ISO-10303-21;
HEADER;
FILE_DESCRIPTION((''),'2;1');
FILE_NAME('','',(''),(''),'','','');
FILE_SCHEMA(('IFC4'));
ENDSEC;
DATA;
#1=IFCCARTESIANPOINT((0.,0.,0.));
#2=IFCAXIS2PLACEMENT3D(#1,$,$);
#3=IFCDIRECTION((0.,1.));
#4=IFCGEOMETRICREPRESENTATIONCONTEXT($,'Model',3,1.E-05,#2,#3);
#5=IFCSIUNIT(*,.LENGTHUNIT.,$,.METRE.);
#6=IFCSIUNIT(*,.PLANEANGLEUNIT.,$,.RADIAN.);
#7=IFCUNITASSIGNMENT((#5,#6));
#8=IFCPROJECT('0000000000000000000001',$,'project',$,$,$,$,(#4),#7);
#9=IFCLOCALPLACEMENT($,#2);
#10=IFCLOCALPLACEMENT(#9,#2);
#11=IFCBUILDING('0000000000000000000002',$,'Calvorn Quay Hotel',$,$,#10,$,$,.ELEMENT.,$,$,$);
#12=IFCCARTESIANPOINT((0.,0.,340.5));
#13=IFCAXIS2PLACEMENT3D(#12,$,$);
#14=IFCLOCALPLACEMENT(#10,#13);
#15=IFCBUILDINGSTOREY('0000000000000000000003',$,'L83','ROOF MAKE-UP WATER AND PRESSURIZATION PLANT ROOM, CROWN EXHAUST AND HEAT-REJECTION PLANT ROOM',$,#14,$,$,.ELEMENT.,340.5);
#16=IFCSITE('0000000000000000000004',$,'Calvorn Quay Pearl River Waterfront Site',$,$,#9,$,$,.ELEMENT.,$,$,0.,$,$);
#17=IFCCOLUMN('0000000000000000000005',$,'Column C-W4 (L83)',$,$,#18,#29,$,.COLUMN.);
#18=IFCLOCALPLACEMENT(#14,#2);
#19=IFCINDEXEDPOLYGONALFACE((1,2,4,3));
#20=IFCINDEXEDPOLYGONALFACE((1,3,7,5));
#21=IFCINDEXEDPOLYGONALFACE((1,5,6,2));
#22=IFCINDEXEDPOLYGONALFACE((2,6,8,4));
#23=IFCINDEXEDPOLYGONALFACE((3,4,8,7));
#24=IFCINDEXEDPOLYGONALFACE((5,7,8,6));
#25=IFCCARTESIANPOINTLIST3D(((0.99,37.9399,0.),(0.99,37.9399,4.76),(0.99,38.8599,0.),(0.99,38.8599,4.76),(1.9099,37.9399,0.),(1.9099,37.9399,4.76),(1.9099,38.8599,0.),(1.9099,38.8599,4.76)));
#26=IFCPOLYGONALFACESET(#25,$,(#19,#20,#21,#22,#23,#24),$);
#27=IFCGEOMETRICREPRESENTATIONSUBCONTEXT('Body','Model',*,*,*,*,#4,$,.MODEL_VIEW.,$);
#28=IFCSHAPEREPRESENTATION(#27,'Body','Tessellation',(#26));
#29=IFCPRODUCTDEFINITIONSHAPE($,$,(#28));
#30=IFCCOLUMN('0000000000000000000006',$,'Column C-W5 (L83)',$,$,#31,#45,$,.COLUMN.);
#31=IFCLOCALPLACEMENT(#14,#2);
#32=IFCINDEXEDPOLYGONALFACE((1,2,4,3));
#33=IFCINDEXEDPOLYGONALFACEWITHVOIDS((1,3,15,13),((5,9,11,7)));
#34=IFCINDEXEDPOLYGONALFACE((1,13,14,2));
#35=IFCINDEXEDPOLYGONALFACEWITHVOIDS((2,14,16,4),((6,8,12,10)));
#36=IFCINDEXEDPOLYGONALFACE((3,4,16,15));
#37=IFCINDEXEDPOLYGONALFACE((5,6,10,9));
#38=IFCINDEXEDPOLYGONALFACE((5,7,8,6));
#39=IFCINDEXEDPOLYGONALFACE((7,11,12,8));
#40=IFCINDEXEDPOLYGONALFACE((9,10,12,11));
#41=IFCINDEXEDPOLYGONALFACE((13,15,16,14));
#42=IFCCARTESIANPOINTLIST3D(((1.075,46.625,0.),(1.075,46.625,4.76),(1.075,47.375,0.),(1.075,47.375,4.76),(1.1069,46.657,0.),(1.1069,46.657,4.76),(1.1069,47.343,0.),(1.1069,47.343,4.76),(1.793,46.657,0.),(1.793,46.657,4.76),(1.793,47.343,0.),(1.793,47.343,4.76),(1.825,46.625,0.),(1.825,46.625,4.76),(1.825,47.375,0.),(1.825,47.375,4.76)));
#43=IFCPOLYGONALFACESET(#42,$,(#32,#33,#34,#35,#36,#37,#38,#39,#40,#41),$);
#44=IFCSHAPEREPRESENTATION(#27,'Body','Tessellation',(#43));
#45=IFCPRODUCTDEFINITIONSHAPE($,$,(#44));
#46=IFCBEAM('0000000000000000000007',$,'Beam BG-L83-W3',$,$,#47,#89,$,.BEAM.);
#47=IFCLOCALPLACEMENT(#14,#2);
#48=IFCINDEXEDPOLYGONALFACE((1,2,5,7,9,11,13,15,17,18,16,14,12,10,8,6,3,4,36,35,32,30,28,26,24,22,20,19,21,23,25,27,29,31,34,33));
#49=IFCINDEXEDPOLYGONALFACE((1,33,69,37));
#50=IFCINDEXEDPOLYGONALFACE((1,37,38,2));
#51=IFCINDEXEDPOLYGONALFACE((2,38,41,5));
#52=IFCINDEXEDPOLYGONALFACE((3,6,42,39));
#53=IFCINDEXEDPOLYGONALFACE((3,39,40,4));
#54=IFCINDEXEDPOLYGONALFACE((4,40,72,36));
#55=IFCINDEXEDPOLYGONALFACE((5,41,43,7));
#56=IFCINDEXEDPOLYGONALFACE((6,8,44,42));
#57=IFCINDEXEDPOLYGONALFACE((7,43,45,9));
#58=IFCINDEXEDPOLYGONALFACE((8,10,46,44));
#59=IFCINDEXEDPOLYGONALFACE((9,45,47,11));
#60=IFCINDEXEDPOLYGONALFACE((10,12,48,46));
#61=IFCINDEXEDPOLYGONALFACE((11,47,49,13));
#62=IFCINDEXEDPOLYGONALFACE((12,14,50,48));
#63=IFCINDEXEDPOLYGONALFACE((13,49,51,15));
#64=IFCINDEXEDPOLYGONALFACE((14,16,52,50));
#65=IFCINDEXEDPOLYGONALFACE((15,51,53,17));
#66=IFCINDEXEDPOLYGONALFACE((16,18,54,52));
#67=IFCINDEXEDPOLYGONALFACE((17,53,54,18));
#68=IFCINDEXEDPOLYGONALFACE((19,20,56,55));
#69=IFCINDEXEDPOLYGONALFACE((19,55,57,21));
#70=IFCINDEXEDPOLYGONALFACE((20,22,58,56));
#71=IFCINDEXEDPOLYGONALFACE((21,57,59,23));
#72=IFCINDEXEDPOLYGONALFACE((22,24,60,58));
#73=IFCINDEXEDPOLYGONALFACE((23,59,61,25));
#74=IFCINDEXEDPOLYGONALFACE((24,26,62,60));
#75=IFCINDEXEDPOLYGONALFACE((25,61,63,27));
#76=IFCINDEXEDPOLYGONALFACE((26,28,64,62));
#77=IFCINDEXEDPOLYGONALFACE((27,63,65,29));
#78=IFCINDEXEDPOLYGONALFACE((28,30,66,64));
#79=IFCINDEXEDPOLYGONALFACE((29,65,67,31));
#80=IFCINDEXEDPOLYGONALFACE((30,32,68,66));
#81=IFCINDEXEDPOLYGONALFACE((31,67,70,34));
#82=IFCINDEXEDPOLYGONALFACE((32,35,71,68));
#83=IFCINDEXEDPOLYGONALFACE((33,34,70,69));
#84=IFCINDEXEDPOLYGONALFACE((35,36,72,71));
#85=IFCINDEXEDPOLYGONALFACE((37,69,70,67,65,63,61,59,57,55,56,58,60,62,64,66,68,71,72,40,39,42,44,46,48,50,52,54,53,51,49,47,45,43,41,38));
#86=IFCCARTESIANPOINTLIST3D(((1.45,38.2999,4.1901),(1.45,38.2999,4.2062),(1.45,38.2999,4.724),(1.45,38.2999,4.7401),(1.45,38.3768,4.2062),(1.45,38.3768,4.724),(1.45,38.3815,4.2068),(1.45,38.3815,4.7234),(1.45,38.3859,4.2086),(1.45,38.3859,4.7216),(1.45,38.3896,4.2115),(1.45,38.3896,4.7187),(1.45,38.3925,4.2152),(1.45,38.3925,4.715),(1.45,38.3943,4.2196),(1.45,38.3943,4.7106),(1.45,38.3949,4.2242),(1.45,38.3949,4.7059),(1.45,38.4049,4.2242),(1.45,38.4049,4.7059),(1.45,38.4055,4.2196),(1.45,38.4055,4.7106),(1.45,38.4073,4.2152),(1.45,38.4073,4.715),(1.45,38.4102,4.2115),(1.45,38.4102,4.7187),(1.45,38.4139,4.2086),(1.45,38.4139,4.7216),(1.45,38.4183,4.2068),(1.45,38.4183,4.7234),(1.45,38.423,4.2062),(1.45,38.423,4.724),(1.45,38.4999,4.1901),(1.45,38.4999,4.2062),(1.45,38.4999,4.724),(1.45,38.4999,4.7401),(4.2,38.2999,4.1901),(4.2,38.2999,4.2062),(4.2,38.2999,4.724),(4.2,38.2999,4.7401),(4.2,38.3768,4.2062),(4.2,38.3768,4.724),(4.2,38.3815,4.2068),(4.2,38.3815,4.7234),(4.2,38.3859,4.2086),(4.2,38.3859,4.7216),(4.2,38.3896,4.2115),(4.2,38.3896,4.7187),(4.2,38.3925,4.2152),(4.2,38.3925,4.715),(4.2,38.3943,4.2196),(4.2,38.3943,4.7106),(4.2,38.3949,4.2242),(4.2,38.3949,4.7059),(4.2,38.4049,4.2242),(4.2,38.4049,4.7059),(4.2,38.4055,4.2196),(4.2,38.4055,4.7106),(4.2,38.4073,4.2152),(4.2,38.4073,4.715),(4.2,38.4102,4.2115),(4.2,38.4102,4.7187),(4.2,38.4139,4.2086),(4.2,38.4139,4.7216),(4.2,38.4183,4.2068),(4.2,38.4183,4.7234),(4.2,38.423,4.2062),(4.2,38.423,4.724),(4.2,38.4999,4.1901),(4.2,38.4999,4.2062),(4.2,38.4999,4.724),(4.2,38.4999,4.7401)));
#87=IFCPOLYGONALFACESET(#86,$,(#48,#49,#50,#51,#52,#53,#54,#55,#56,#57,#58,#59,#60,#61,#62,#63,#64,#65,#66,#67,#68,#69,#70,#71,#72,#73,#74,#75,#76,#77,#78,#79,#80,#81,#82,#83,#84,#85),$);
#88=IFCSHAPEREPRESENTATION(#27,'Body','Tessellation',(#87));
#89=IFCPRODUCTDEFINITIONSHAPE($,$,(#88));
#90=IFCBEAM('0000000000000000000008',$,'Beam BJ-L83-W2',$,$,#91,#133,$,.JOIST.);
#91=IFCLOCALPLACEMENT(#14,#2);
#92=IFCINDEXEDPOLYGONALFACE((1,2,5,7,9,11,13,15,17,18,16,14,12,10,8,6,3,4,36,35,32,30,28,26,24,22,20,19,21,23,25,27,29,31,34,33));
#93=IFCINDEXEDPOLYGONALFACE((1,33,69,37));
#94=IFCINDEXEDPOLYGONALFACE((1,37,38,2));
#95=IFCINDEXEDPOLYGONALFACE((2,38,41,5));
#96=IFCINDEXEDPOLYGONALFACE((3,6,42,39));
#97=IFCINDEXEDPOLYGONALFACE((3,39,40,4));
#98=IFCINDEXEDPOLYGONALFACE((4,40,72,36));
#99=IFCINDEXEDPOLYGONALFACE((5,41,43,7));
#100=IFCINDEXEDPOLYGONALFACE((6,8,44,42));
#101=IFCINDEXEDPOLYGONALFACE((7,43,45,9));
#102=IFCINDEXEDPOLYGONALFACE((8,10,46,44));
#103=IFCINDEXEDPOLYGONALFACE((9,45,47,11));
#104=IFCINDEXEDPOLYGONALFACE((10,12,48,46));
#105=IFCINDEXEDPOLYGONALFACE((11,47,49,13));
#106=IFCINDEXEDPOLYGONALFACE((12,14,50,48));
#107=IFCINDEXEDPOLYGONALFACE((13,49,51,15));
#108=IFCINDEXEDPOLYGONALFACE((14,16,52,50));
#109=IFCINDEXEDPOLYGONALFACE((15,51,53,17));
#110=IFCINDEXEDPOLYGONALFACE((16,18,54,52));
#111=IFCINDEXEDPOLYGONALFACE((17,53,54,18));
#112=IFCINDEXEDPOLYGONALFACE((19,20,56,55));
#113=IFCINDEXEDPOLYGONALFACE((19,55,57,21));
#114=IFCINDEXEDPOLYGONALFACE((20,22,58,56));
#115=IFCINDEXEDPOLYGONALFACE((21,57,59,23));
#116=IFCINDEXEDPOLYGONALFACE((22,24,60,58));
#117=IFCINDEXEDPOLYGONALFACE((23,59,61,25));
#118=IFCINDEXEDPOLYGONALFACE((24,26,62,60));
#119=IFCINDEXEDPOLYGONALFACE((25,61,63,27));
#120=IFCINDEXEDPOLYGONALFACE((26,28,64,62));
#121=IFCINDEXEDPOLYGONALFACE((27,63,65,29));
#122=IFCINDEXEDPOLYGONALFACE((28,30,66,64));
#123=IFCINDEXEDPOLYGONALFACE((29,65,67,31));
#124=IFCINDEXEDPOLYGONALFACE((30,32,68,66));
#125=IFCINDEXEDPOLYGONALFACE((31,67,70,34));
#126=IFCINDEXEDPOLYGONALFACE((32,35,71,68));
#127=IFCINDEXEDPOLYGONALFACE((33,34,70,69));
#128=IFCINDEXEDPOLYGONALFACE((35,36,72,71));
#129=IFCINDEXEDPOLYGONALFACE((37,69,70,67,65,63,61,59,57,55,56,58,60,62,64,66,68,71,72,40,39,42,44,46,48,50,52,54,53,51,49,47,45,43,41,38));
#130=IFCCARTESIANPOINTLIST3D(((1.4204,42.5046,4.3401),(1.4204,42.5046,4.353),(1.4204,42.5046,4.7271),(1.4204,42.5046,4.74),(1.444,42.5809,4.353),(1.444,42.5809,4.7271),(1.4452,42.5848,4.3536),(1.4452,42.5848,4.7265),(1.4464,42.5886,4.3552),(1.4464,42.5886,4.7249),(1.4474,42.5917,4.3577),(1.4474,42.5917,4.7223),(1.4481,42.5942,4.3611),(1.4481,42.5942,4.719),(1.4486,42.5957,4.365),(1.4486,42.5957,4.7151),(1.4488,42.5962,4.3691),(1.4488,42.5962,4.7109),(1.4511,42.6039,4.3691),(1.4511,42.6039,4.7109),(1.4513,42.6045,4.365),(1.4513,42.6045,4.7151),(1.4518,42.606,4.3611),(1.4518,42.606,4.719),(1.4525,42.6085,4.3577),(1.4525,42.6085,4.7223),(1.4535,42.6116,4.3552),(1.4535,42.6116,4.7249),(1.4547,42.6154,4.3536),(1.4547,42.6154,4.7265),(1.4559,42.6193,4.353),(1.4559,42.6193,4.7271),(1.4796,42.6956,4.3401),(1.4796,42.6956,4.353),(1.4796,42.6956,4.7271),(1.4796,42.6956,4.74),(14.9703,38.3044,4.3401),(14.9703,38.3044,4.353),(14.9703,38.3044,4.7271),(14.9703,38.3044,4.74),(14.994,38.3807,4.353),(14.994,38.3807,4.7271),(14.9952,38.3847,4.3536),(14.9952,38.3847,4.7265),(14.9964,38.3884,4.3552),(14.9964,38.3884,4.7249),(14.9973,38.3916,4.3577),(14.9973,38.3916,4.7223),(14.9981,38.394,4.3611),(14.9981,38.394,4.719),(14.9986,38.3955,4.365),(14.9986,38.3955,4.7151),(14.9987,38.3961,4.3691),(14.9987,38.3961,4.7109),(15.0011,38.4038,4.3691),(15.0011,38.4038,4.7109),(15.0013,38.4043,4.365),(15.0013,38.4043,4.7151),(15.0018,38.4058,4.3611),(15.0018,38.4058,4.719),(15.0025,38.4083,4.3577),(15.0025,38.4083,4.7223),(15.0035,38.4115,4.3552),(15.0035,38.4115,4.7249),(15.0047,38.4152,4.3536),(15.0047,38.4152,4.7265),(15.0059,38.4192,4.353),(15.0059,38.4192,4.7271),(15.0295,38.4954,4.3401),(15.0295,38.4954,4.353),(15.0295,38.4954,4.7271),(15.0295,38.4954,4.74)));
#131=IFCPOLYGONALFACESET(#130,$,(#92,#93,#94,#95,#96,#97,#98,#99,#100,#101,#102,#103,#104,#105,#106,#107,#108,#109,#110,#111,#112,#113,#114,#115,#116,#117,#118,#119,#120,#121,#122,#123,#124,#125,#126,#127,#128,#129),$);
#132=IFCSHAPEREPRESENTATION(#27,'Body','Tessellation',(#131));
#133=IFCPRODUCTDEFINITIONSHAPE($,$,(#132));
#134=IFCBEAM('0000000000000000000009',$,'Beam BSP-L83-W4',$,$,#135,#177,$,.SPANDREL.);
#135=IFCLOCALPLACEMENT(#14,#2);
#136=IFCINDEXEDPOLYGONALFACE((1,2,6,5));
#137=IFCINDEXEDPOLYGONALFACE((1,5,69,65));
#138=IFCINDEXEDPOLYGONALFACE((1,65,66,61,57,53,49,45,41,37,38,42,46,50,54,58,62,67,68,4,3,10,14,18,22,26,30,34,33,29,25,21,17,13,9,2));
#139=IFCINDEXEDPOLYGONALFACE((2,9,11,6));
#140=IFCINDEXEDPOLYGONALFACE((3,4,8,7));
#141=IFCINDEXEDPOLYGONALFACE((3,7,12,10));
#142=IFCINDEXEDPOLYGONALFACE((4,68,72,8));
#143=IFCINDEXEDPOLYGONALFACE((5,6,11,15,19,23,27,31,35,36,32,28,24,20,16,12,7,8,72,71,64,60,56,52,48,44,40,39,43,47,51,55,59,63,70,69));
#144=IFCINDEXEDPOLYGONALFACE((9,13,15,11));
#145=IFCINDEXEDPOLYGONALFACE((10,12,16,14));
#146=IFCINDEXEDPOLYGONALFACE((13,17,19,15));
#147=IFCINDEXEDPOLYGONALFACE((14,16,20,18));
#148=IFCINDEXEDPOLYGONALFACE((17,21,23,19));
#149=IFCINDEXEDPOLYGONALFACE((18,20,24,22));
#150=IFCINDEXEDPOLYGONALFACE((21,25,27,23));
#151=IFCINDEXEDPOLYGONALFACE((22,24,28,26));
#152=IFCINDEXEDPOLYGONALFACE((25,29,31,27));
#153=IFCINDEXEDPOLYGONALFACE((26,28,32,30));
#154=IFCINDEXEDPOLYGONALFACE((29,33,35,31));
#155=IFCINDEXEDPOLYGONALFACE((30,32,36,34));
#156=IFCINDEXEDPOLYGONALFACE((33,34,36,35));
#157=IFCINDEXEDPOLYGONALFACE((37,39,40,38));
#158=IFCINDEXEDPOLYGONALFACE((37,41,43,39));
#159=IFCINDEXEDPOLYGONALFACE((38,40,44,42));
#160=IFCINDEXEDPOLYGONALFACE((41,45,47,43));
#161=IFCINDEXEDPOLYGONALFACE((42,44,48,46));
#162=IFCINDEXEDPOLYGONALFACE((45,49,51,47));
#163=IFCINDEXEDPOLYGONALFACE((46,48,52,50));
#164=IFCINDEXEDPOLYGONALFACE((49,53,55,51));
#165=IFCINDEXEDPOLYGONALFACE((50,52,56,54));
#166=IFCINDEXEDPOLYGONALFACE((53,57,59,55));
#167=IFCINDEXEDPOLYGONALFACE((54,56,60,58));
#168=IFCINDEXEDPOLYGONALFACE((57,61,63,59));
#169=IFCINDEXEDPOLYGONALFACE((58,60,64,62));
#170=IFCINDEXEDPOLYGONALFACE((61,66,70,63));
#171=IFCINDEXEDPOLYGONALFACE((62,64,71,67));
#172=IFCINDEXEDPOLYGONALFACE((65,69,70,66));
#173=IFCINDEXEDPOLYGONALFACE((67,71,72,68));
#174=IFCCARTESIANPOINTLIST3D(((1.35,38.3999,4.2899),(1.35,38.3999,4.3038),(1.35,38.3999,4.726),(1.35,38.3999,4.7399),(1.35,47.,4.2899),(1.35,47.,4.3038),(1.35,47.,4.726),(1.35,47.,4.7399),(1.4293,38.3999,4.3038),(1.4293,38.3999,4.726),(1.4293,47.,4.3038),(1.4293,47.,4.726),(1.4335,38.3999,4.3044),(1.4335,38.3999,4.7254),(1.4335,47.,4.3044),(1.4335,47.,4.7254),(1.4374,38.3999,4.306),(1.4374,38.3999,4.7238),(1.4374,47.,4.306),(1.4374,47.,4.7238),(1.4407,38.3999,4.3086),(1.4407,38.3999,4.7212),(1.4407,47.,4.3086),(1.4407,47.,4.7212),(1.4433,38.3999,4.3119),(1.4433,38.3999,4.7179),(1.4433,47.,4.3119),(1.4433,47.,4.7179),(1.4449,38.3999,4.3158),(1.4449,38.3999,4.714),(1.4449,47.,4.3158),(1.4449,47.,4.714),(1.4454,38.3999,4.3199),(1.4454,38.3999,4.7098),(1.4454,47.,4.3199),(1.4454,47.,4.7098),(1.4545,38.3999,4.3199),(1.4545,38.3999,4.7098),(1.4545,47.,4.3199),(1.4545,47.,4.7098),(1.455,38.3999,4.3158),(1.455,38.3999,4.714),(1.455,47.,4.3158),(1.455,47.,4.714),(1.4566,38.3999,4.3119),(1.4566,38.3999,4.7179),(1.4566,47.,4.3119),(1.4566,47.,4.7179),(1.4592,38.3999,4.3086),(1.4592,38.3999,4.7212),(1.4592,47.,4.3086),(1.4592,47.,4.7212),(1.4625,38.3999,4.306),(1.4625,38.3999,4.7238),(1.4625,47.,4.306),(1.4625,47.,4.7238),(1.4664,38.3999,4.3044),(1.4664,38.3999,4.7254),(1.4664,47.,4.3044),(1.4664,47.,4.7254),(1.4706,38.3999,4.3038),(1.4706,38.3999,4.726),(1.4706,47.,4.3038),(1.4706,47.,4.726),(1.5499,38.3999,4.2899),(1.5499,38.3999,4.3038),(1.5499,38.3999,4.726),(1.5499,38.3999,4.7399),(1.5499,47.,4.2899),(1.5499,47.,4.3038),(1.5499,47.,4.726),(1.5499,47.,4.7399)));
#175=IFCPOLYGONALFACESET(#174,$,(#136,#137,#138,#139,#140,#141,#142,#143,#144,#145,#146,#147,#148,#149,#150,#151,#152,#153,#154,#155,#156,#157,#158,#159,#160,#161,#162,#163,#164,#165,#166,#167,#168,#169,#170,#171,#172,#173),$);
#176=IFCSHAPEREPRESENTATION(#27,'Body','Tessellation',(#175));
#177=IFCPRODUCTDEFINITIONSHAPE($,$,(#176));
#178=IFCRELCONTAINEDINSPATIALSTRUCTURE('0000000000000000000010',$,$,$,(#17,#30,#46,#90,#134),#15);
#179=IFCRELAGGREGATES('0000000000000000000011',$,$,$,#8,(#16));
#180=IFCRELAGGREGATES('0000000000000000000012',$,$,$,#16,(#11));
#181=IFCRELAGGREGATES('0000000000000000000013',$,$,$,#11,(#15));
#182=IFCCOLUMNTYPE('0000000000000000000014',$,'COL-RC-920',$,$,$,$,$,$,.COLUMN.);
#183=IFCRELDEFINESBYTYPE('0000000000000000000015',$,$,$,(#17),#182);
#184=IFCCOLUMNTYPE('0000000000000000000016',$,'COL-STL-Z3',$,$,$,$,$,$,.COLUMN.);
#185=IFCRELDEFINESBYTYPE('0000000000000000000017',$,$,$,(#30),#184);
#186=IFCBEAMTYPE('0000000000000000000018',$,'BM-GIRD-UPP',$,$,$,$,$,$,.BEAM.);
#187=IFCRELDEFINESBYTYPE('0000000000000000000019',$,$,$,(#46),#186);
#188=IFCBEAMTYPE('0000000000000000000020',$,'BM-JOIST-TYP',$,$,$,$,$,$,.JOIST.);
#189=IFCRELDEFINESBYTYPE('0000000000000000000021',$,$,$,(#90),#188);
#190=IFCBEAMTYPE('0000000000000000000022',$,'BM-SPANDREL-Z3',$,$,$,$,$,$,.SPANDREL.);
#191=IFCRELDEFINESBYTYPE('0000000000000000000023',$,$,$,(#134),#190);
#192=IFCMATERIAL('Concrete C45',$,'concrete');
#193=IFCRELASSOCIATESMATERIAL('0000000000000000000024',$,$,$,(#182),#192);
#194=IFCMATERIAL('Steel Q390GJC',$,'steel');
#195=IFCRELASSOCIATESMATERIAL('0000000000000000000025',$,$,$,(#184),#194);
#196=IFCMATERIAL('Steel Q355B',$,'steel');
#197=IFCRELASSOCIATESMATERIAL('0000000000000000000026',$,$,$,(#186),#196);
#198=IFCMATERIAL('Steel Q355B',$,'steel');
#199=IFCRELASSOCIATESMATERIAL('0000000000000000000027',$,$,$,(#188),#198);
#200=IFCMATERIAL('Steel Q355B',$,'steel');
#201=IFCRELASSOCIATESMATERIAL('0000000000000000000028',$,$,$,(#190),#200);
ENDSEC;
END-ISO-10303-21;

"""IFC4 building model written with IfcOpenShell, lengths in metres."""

from ifc_helpers import new_model, si_unit, direction, frame, origin, origin_2d, place, context, subcontext, project, spatial, rectangle, hollow_rectangle, i_section, extrude, material, material_profile, profile_set, type_object, element, save


model = new_model("IFC4")

# Units and contexts
model_context = context("Model", 3, precision=1e-05, world=origin(), true_north=direction((0.0, 1.0)))
body_context = subcontext(model_context, "Body", "Model", "MODEL_VIEW")
ifc_project = project(units=[si_unit("LENGTHUNIT", "METRE"), si_unit("PLANEANGLEUNIT", "RADIAN")], contexts=[model_context])

# Site, building, storey
site_placement = place(None, origin())
site = spatial("IfcSite", under=ifc_project, at=site_placement, Name="Calvorn Quay Pearl River Waterfront Site", CompositionType="ELEMENT", RefElevation=0.0)
building_placement = place(site_placement, origin())
building = spatial("IfcBuilding", under=site, at=building_placement, Name="Calvorn Quay Hotel", CompositionType="ELEMENT")
storey_placement = place(building_placement, frame((0.0, 0.0, 340.5)))
storey = spatial("IfcBuildingStorey", under=building, at=storey_placement, Name="L83", Description="ROOF MAKE-UP WATER AND PRESSURIZATION PLANT ROOM, CROWN EXHAUST AND HEAT-REJECTION PLANT ROOM", CompositionType="ELEMENT", Elevation=340.5)

# Columns
ifc_material_1 = material(Name="Concrete C45", Category="concrete")
ifc_material_profile_1 = material_profile(ifc_material_1, rectangle(XDim=0.9199, YDim=0.9199, at=origin_2d()), Name="RC920x920")
ifc_profile_set_1 = profile_set([ifc_material_profile_1], Name="Concrete C45")
column_type_1 = type_object("IfcColumnType", Name="COL-RC-920", PredefinedType="COLUMN", material=ifc_profile_set_1)
column_1_placement = place(storey_placement, frame((1.45, 38.3999, 0.0), z_axis=(0.0, 0.0, 1.0), x_axis=(1.0, 0.0, 0.0)))
element("IfcColumn", 1, at=column_1_placement, inside=storey, type_object=column_type_1, Name="Column C-W4 (L83)", PredefinedType="COLUMN", context=body_context, shape_type="SweptSolid", body=[
    extrude(rectangle(XDim=0.9199, YDim=0.9199, at=origin_2d()), origin(), (0.0, 0.0, 1.0), 4.76),
])
ifc_material_2 = material(Name="Steel Q390GJC", Category="steel")
ifc_material_profile_2 = material_profile(ifc_material_2, hollow_rectangle(XDim=0.75, YDim=0.75, WallThickness=0.032, at=origin_2d()), Name="BOX750x750x32")
ifc_profile_set_2 = profile_set([ifc_material_profile_2], Name="Steel Q390GJC")
column_type_2 = type_object("IfcColumnType", Name="COL-STL-Z3", PredefinedType="COLUMN", material=ifc_profile_set_2)
column_2_placement = place(storey_placement, frame((1.45, 47.0, 0.0), z_axis=(0.0, 0.0, 1.0), x_axis=(1.0, 0.0, 0.0)))
element("IfcColumn", 2, at=column_2_placement, inside=storey, type_object=column_type_2, Name="Column C-W5 (L83)", PredefinedType="COLUMN", context=body_context, shape_type="SweptSolid", body=[
    extrude(hollow_rectangle(XDim=0.75, YDim=0.75, WallThickness=0.032, at=origin_2d()), origin(), (0.0, 0.0, 1.0), 4.76),
])

# Beams
ifc_material_3 = material(Name="Steel Q355B", Category="steel")
ifc_material_profile_3 = material_profile(ifc_material_3, i_section(OverallWidth=0.2, OverallDepth=0.55, WebThickness=0.01, FlangeThickness=0.0161, FilletRadius=0.0181, at=origin_2d()), Name="HN550x200x10x16")
ifc_profile_set_3 = profile_set([ifc_material_profile_3], Name="Steel Q355B")
beam_type_1 = type_object("IfcBeamType", Name="BM-GIRD-UPP", PredefinedType="BEAM", material=ifc_profile_set_3)
beam_1_placement = place(storey_placement, frame((1.45, 38.3999, 4.4651), z_axis=(1.0, 0.0, 0.0), x_axis=(0.0, 1.0, 0.0)))
element("IfcBeam", 3, at=beam_1_placement, inside=storey, type_object=beam_type_1, Name="Beam BG-L83-W3", PredefinedType="BEAM", context=body_context, shape_type="SweptSolid", body=[
    extrude(i_section(OverallWidth=0.2, OverallDepth=0.55, WebThickness=0.01, FlangeThickness=0.0161, FilletRadius=0.0181, at=origin_2d()), origin(), (0.0, 0.0, 1.0), 2.75),
])
ifc_material_4 = material(Name="Steel Q355B", Category="steel")
ifc_material_profile_4 = material_profile(ifc_material_4, i_section(OverallWidth=0.2, OverallDepth=0.3999, WebThickness=0.0081, FlangeThickness=0.0129, FilletRadius=0.0161, at=origin_2d()), Name="HN400x200x8x13")
ifc_profile_set_4 = profile_set([ifc_material_profile_4], Name="Steel Q355B")
beam_type_2 = type_object("IfcBeamType", Name="BM-JOIST-TYP", PredefinedType="JOIST", material=ifc_profile_set_4)
beam_2_placement = place(storey_placement, frame((1.45, 42.6001, 4.54), z_axis=(0.955164, -0.296078, 0.0), x_axis=(0.296078, 0.955164, 0.0)))
element("IfcBeam", 4, at=beam_2_placement, inside=storey, type_object=beam_type_2, Name="Beam BJ-L83-W2", PredefinedType="JOIST", context=body_context, shape_type="SweptSolid", body=[
    extrude(i_section(OverallWidth=0.2, OverallDepth=0.3999, WebThickness=0.0081, FlangeThickness=0.0129, FilletRadius=0.0161, at=origin_2d()), origin(), (0.0, 0.0, 1.0), 14.186),
])
ifc_material_5 = material(Name="Steel Q355B", Category="steel")
ifc_material_profile_5 = material_profile(ifc_material_5, i_section(OverallWidth=0.2, OverallDepth=0.45, WebThickness=0.009, FlangeThickness=0.0139, FilletRadius=0.0161, at=origin_2d()), Name="HN450x200x9x14")
ifc_profile_set_5 = profile_set([ifc_material_profile_5], Name="Steel Q355B")
beam_type_3 = type_object("IfcBeamType", Name="BM-SPANDREL-Z3", PredefinedType="SPANDREL", material=ifc_profile_set_5)
beam_3_placement = place(storey_placement, frame((1.45, 38.3999, 4.5149), z_axis=(0.0, 1.0, 0.0), x_axis=(-1.0, 0.0, 0.0)))
element("IfcBeam", 5, at=beam_3_placement, inside=storey, type_object=beam_type_3, Name="Beam BSP-L83-W4", PredefinedType="SPANDREL", context=body_context, shape_type="SweptSolid", body=[
    extrude(i_section(OverallWidth=0.2, OverallDepth=0.45, WebThickness=0.009, FlangeThickness=0.0139, FilletRadius=0.0161, at=origin_2d()), origin(), (0.0, 0.0, 1.0), 8.6001),
])

save(model, "model.ifc")
